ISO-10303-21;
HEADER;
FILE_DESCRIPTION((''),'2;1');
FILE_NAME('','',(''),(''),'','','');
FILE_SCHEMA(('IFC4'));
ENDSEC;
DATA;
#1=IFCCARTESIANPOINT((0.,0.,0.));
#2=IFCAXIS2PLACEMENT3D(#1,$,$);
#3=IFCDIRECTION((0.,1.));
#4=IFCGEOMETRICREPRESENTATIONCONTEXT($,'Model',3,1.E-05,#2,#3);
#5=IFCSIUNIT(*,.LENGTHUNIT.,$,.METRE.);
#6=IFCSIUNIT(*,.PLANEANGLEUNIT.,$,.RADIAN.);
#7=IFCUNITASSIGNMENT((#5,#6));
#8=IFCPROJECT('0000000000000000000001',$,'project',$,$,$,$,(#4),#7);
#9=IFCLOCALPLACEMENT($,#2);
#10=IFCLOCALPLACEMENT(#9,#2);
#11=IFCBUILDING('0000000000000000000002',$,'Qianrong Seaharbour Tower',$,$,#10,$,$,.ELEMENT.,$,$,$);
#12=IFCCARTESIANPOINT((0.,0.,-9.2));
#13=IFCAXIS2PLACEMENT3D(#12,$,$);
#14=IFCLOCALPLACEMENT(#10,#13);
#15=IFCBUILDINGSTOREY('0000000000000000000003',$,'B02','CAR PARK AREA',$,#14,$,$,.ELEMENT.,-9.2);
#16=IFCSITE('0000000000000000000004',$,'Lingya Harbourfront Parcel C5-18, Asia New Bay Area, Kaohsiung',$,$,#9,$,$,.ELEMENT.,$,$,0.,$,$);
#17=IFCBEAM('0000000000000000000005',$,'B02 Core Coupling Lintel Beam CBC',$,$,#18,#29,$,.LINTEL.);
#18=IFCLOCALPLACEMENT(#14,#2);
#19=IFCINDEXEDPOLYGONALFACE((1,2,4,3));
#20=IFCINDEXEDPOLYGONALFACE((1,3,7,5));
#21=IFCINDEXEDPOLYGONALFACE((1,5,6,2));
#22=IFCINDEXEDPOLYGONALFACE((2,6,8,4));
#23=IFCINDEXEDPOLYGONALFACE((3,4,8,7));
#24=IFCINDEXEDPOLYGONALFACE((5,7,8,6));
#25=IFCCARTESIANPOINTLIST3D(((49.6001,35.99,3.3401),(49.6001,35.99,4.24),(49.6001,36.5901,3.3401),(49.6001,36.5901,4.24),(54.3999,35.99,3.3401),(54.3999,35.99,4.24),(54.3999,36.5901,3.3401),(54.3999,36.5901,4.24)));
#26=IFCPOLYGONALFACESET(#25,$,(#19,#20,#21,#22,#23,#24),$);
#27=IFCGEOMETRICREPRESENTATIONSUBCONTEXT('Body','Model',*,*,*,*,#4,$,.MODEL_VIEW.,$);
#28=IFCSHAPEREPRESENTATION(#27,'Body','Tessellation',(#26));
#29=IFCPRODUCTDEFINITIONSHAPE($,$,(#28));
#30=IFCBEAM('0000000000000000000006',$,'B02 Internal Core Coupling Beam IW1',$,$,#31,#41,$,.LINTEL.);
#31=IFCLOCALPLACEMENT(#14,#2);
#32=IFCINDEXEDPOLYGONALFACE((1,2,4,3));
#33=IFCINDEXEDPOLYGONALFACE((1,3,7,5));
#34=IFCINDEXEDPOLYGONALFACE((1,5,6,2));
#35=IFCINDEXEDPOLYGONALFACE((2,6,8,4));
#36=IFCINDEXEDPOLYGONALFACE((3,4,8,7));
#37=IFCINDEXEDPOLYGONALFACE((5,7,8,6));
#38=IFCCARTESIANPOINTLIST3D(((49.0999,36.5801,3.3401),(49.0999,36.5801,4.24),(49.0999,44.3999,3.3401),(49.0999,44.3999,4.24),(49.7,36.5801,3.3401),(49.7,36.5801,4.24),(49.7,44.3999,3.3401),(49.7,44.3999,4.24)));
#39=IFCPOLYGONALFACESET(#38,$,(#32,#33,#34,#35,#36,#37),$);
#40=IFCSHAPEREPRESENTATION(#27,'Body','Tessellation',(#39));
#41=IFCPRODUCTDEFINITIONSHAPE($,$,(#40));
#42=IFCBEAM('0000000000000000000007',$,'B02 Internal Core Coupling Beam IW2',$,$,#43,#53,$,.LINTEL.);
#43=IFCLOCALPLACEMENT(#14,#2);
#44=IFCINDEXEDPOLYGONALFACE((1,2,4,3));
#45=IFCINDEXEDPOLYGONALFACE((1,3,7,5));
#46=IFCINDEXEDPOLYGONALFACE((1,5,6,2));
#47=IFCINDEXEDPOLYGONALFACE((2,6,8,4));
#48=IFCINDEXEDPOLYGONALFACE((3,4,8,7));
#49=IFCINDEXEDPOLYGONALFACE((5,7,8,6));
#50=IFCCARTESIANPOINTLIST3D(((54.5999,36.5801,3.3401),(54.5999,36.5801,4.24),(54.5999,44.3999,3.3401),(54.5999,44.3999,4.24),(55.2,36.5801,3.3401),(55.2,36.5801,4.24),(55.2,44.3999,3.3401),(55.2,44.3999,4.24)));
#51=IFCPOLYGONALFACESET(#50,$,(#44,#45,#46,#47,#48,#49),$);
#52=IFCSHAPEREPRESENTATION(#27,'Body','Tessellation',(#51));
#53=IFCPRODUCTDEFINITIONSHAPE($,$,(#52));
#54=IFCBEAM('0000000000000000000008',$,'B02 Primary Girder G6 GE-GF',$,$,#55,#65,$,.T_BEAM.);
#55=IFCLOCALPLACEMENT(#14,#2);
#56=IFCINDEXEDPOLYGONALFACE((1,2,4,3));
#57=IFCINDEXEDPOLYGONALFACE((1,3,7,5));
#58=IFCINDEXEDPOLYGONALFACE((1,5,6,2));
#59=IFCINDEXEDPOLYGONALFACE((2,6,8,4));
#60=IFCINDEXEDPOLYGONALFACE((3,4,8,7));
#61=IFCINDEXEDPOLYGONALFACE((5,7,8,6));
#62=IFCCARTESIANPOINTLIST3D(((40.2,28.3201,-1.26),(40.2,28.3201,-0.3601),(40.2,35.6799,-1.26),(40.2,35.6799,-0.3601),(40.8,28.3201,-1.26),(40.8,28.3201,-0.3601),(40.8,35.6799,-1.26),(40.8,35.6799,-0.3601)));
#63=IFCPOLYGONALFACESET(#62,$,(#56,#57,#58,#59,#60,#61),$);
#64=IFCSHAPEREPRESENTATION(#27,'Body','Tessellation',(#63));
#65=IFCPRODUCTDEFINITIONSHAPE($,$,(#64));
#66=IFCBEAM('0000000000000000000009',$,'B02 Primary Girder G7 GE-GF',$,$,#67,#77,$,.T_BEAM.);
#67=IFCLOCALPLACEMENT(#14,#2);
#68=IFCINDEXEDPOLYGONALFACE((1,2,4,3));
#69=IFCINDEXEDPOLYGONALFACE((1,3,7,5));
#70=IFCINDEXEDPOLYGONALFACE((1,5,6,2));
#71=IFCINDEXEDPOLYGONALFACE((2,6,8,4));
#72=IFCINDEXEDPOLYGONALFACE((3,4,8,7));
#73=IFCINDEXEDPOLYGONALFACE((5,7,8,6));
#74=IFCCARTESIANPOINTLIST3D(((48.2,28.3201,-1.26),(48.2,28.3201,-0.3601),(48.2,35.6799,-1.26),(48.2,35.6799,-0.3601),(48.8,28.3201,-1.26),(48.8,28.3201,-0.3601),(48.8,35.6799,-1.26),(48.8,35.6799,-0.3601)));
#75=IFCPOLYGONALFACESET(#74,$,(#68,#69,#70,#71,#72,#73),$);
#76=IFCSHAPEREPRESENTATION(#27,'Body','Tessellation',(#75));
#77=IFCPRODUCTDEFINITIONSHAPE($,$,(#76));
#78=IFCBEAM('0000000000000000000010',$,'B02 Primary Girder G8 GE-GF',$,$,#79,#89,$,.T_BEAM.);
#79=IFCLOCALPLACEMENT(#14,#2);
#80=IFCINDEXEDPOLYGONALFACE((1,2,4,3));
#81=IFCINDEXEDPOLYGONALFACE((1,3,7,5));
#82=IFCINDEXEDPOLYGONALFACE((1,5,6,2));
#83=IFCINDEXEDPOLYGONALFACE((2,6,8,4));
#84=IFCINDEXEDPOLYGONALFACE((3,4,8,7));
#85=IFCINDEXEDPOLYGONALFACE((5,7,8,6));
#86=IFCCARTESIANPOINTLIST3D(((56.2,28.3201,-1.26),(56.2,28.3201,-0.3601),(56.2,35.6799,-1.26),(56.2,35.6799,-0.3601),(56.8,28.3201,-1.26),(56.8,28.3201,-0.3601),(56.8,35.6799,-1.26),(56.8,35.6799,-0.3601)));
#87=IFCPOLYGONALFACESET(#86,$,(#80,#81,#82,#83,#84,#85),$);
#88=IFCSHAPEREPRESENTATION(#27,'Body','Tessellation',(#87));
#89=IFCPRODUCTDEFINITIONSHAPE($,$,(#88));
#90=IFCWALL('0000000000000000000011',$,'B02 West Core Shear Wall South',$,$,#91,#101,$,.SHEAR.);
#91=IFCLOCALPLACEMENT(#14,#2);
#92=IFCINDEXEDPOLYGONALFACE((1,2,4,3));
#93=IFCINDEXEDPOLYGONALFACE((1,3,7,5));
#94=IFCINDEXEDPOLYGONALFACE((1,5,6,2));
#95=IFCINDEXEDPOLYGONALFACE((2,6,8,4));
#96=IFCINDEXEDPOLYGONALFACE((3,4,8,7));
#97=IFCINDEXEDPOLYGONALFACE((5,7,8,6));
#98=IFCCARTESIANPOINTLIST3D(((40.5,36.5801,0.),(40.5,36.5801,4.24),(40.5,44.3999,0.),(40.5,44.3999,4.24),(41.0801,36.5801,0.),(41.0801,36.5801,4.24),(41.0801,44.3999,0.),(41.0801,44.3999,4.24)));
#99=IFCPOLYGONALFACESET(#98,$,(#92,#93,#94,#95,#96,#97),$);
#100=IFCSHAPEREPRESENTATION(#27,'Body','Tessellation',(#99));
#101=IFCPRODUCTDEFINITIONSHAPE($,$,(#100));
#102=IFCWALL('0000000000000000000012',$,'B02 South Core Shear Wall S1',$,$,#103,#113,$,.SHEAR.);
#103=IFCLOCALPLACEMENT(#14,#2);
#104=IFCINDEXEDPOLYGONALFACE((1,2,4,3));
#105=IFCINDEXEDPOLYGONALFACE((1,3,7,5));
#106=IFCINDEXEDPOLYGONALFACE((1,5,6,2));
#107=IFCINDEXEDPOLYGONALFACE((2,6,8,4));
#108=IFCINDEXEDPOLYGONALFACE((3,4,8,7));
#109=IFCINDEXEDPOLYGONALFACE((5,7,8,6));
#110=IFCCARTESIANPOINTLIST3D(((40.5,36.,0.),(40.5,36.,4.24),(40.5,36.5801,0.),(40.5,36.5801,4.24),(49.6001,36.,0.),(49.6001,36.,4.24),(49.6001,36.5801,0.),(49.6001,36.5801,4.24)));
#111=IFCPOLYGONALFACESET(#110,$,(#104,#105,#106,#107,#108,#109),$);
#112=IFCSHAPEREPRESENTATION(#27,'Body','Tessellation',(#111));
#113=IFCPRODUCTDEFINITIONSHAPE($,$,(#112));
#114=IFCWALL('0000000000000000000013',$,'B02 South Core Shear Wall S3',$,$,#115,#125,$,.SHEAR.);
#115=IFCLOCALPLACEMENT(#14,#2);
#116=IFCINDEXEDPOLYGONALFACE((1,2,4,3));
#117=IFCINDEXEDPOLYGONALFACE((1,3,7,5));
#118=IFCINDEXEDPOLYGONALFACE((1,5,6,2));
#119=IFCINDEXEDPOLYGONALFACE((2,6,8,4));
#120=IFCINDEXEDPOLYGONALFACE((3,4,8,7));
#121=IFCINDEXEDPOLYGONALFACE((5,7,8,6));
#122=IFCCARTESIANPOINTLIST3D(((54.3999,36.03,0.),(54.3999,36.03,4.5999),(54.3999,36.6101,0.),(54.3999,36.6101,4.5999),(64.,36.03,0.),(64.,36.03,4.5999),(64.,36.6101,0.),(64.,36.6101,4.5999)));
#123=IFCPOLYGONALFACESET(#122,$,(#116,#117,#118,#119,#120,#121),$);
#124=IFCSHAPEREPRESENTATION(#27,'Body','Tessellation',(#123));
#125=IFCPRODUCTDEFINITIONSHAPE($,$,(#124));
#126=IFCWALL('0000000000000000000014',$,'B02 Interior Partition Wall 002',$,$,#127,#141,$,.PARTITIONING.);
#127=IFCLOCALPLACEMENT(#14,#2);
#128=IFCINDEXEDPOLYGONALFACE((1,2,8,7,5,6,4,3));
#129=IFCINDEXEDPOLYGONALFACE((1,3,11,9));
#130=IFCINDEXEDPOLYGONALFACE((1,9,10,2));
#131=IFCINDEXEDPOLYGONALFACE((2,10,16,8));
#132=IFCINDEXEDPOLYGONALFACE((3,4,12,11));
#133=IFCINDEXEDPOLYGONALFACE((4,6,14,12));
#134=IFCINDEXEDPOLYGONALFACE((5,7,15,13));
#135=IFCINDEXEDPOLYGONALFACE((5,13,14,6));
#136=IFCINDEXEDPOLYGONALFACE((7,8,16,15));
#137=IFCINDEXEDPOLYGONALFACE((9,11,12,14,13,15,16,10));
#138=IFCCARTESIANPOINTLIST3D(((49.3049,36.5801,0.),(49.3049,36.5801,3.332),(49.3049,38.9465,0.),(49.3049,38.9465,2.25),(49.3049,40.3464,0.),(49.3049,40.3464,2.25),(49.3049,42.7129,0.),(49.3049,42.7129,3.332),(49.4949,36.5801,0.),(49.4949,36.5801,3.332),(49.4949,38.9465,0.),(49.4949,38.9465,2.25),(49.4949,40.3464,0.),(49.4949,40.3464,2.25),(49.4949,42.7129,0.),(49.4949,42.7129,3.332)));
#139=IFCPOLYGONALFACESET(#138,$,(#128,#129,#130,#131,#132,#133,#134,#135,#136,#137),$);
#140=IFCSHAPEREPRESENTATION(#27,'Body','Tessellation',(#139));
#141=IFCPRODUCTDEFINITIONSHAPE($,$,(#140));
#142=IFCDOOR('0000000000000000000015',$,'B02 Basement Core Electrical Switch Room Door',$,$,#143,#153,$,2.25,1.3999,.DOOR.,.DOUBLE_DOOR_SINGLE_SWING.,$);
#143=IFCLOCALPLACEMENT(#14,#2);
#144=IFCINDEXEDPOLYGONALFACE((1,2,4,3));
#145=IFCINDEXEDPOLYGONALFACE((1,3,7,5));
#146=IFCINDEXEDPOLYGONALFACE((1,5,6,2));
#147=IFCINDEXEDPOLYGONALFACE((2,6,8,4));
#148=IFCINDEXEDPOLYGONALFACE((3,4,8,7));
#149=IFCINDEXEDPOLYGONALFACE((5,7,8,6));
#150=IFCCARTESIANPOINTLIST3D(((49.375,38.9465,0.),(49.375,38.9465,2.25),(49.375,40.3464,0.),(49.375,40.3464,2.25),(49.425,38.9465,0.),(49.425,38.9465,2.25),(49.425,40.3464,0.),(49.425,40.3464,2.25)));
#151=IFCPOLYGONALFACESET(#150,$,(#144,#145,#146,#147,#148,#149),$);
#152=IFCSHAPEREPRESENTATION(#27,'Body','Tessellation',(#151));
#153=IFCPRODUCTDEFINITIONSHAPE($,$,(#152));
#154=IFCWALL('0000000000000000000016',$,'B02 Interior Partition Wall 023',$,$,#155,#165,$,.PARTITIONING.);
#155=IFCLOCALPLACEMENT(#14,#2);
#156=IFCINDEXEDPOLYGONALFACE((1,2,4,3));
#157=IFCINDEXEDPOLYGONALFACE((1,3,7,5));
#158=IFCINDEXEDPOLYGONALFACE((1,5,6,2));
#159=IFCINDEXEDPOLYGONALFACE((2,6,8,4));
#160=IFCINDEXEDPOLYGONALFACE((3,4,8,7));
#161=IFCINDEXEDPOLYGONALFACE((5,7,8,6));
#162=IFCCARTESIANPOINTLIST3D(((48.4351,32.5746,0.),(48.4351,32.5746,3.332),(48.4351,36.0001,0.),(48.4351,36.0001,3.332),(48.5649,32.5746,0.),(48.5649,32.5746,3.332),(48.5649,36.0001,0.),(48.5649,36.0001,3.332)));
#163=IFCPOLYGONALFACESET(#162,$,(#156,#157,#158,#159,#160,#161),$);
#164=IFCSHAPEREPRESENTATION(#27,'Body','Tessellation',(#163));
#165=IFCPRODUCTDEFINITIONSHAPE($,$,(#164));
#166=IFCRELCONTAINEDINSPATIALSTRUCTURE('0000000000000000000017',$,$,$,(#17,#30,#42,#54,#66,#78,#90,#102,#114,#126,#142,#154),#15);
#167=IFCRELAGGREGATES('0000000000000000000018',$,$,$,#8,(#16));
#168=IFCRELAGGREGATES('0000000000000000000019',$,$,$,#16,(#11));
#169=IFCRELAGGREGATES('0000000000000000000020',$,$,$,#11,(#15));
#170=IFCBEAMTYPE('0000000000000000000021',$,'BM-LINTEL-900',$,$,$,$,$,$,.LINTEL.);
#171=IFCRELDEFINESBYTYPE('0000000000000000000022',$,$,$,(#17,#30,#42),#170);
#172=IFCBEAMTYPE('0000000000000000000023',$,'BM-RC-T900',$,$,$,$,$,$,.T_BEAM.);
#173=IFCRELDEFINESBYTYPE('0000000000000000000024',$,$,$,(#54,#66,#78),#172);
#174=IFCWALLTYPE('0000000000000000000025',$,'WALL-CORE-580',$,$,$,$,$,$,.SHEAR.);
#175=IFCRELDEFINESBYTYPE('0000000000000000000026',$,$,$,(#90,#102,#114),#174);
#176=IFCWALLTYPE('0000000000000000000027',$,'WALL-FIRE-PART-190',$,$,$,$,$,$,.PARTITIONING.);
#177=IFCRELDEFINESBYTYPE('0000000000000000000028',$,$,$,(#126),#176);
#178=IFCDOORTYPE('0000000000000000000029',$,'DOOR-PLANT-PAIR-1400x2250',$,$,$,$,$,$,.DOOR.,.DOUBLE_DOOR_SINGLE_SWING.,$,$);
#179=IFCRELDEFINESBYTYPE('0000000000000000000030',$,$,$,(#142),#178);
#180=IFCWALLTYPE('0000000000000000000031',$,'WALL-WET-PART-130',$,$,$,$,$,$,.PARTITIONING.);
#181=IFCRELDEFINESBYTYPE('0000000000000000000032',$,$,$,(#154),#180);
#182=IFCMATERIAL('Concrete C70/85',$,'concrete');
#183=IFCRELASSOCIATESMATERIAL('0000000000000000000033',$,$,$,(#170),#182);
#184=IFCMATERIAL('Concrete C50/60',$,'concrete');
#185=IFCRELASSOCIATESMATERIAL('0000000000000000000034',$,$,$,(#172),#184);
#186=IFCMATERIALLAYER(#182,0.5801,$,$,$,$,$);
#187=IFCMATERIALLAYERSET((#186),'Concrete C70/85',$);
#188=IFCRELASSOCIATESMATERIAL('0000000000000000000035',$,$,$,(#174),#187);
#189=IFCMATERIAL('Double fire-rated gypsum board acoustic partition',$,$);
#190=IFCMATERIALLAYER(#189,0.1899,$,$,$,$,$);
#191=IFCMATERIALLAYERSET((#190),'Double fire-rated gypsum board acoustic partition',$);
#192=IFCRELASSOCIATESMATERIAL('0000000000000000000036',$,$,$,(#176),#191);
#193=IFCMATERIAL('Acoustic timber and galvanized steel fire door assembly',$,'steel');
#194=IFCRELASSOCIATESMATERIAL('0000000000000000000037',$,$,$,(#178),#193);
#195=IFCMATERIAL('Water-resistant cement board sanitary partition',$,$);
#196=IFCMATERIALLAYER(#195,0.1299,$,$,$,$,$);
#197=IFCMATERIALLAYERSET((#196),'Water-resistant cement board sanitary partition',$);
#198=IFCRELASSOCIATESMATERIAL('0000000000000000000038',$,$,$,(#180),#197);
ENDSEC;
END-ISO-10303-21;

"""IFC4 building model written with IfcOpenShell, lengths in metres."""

from ifc_helpers import new_model, si_unit, direction, frame, frame_2d, origin, origin_2d, place, context, subcontext, project, spatial, rectangle, extrude, material, layer, layer_set, material_profile, profile_set, type_object, element, fill, save


model = new_model("IFC4")

# Units and contexts
model_context = context("Model", 3, precision=1e-05, world=origin(), true_north=direction((0.0, 1.0)))
body_context = subcontext(model_context, "Body", "Model", "MODEL_VIEW")
ifc_project = project(units=[si_unit("LENGTHUNIT", "METRE"), si_unit("PLANEANGLEUNIT", "RADIAN")], contexts=[model_context])

# Site, building, storey
site_placement = place(None, origin())
site = spatial("IfcSite", under=ifc_project, at=site_placement, Name="Lingya Harbourfront Parcel C5-18, Asia New Bay Area, Kaohsiung", CompositionType="ELEMENT", RefElevation=0.0)
building_placement = place(site_placement, origin())
building = spatial("IfcBuilding", under=site, at=building_placement, Name="Qianrong Seaharbour Tower", CompositionType="ELEMENT")
storey_placement = place(building_placement, frame((0.0, 0.0, -9.2)))
storey = spatial("IfcBuildingStorey", under=building, at=storey_placement, Name="B02", Description="CAR PARK AREA", CompositionType="ELEMENT", Elevation=-9.2)

# Shared definitions
ifc_material_1 = material(Name="Concrete C70/85", Category="concrete")

# Beams
ifc_material_profile_1 = material_profile(ifc_material_1, rectangle(XDim=0.6001, YDim=0.8999, at=origin_2d()), Name="RC600x900")
ifc_profile_set_1 = profile_set([ifc_material_profile_1], Name="Concrete C70/85")
beam_type_1 = type_object("IfcBeamType", Name="BM-LINTEL-900", PredefinedType="LINTEL", material=ifc_profile_set_1)
beam_1_placement = place(storey_placement, frame((49.6001, 36.29, 3.79), z_axis=(1.0, 0.0, 0.0), x_axis=(0.0, 1.0, 0.0)))
element("IfcBeam", 1, at=beam_1_placement, inside=storey, type_object=beam_type_1, Name="B02 Core Coupling Lintel Beam CBC", PredefinedType="LINTEL", context=body_context, shape_type="SweptSolid", body=[
    extrude(rectangle(XDim=0.6001, YDim=0.8999, at=origin_2d()), origin(), (0.0, 0.0, 1.0), 4.7998),
])
for number, where, z_axis, x_axis, name in (
    (2, (49.3999, 36.5801, 3.79), (0.0, 1.0, 0.0), (-1.0, 0.0, 0.0), "B02 Internal Core Coupling Beam IW1"),
    (3, (54.8999, 36.5801, 3.79), (0.0, 1.0, 0.0), (-1.0, 0.0, 0.0), "B02 Internal Core Coupling Beam IW2"),
):
    element("IfcBeam", number, at=place(storey_placement, frame(where, z_axis=z_axis, x_axis=x_axis)), inside=storey, type_object=beam_type_1, Name=name, PredefinedType="LINTEL", context=body_context, shape_type="SweptSolid", body=[
        extrude(rectangle(XDim=0.6001, YDim=0.8999, at=origin_2d()), origin(), (0.0, 0.0, 1.0), 7.8198),
    ])
ifc_material_2 = material(Name="Concrete C50/60", Category="concrete")
ifc_material_profile_2 = material_profile(ifc_material_2, rectangle(XDim=0.6001, YDim=0.8999, at=origin_2d()), Name="RC600x900")
ifc_profile_set_2 = profile_set([ifc_material_profile_2], Name="Concrete C50/60")
beam_type_2 = type_object("IfcBeamType", Name="BM-RC-T900", PredefinedType="T_BEAM", material=ifc_profile_set_2)
for number, where, z_axis, x_axis, name in (
    (4, (40.5, 28.3201, -0.8101), (0.0, 1.0, 0.0), (-1.0, 0.0, 0.0), "B02 Primary Girder G6 GE-GF"),
    (5, (48.5, 28.3201, -0.8101), (0.0, 1.0, 0.0), (-1.0, 0.0, 0.0), "B02 Primary Girder G7 GE-GF"),
    (6, (56.5, 28.3201, -0.8101), (0.0, 1.0, 0.0), (-1.0, 0.0, 0.0), "B02 Primary Girder G8 GE-GF"),
):
    element("IfcBeam", number, at=place(storey_placement, frame(where, z_axis=z_axis, x_axis=x_axis)), inside=storey, type_object=beam_type_2, Name=name, PredefinedType="T_BEAM", context=body_context, shape_type="SweptSolid", body=[
        extrude(rectangle(XDim=0.6001, YDim=0.8999, at=origin_2d()), origin(), (0.0, 0.0, 1.0), 7.3599),
    ])

# Walls
ifc_layer_1 = layer(ifc_material_1, 0.5801)
ifc_layer_set_1 = layer_set([ifc_layer_1], Name="Concrete C70/85")
wall_type_1 = type_object("IfcWallType", Name="WALL-CORE-580", PredefinedType="SHEAR", material=ifc_layer_set_1)
wall_1_placement = place(storey_placement, frame((40.79, 36.5801, 0.0), z_axis=(0.0, 0.0, 1.0), x_axis=(0.0, 1.0, 0.0)))
element("IfcWall", 7, at=wall_1_placement, inside=storey, type_object=wall_type_1, Name="B02 West Core Shear Wall South", PredefinedType="SHEAR", context=body_context, shape_type="SweptSolid", body=[
    extrude(rectangle(XDim=7.8198, YDim=0.5801, at=frame_2d((3.9099, 0.0))), origin(), (0.0, 0.0, 1.0), 4.24),
])
wall_2_placement = place(storey_placement, frame((40.5, 36.29, 0.0), z_axis=(0.0, 0.0, 1.0), x_axis=(1.0, 0.0, 0.0)))
element("IfcWall", 8, at=wall_2_placement, inside=storey, type_object=wall_type_1, Name="B02 South Core Shear Wall S1", PredefinedType="SHEAR", context=body_context, shape_type="SweptSolid", body=[
    extrude(rectangle(XDim=9.1001, YDim=0.5801, at=frame_2d((4.55, 0.0))), origin(), (0.0, 0.0, 1.0), 4.24),
])
wall_3_placement = place(storey_placement, frame((54.3999, 36.3201, 0.0), z_axis=(0.0, 0.0, 1.0), x_axis=(1.0, 0.0, 0.0)))
element("IfcWall", 9, at=wall_3_placement, inside=storey, type_object=wall_type_1, Name="B02 South Core Shear Wall S3", PredefinedType="SHEAR", context=body_context, shape_type="SweptSolid", body=[
    extrude(rectangle(XDim=9.6001, YDim=0.5801, at=frame_2d((4.8, 0.0))), origin(), (0.0, 0.0, 1.0), 4.5999),
])

# Wall, opening, door
ifc_material_3 = material(Name="Double fire-rated gypsum board acoustic partition")
ifc_layer_2 = layer(ifc_material_3, 0.1899)
ifc_layer_set_2 = layer_set([ifc_layer_2], Name="Double fire-rated gypsum board acoustic partition")
wall_type_2 = type_object("IfcWallType", Name="WALL-FIRE-PART-190", PredefinedType="PARTITIONING", material=ifc_layer_set_2)
wall_4_placement = place(storey_placement, frame((49.3999, 36.5801, 0.0), z_axis=(0.0, 0.0, 1.0), x_axis=(0.0, 1.0, 0.0)))
wall_4 = element("IfcWall", 10, at=wall_4_placement, inside=storey, type_object=wall_type_2, Name="B02 Interior Partition Wall 002", PredefinedType="PARTITIONING", context=body_context, shape_type="SweptSolid", body=[
    extrude(rectangle(XDim=6.1328, YDim=0.1899, at=frame_2d((3.0664, 0.0))), origin(), (0.0, 0.0, 1.0), 3.332),
])
opening_1_placement = place(wall_4_placement, frame((2.3665, 0.0, 0.0)))
opening_1 = element("IfcOpeningElement", 11, at=opening_1_placement, cuts=wall_4, PredefinedType="OPENING", context=body_context, shape_type="SweptSolid", body=[
    extrude(rectangle(XDim=1.3999, YDim=2.25, at=frame_2d((0.7, 1.125))), frame((0.0, 0.105, 0.0), z_axis=(0.0, -1.0, 0.0), x_axis=(1.0, 0.0, 0.0)), (0.0, 0.0, 1.0), 0.21),
])
ifc_material_4 = material(Name="Acoustic timber and galvanized steel fire door assembly", Category="steel")
door_type_1 = type_object("IfcDoorType", Name="DOOR-PLANT-PAIR-1400x2250", OperationType="DOUBLE_DOOR_SINGLE_SWING", PredefinedType="DOOR", material=ifc_material_4)
door_1_placement = place(opening_1_placement, origin())
door_1 = element("IfcDoor", 12, at=door_1_placement, inside=storey, type_object=door_type_1, Name="B02 Basement Core Electrical Switch Room Door", OperationType="DOUBLE_DOOR_SINGLE_SWING", OverallHeight=2.25, OverallWidth=1.3999, PredefinedType="DOOR", context=body_context, shape_type="SweptSolid", body=[
    extrude(rectangle(XDim=1.3999, YDim=2.25, at=frame_2d((0.7, 1.125))), frame((0.0, 0.0249, 0.0), z_axis=(0.0, -1.0, 0.0), x_axis=(1.0, 0.0, 0.0)), (0.0, 0.0, 1.0), 0.05),
])
fill(opening_1, door_1)

# Wall
ifc_material_5 = material(Name="Water-resistant cement board sanitary partition")
ifc_layer_3 = layer(ifc_material_5, 0.1299)
ifc_layer_set_3 = layer_set([ifc_layer_3], Name="Water-resistant cement board sanitary partition")
wall_type_3 = type_object("IfcWallType", Name="WALL-WET-PART-130", PredefinedType="PARTITIONING", material=ifc_layer_set_3)
wall_5_placement = place(storey_placement, frame((48.5, 32.5745, 0.0), z_axis=(0.0, 0.0, 1.0), x_axis=(0.0, 1.0, 0.0)))
element("IfcWall", 13, at=wall_5_placement, inside=storey, type_object=wall_type_3, Name="B02 Interior Partition Wall 023", PredefinedType="PARTITIONING", context=body_context, shape_type="SweptSolid", body=[
    extrude(rectangle(XDim=3.4255, YDim=0.1299, at=frame_2d((1.7129, 0.0))), origin(), (0.0, 0.0, 1.0), 3.332),
])

save(model, "model.ifc")
